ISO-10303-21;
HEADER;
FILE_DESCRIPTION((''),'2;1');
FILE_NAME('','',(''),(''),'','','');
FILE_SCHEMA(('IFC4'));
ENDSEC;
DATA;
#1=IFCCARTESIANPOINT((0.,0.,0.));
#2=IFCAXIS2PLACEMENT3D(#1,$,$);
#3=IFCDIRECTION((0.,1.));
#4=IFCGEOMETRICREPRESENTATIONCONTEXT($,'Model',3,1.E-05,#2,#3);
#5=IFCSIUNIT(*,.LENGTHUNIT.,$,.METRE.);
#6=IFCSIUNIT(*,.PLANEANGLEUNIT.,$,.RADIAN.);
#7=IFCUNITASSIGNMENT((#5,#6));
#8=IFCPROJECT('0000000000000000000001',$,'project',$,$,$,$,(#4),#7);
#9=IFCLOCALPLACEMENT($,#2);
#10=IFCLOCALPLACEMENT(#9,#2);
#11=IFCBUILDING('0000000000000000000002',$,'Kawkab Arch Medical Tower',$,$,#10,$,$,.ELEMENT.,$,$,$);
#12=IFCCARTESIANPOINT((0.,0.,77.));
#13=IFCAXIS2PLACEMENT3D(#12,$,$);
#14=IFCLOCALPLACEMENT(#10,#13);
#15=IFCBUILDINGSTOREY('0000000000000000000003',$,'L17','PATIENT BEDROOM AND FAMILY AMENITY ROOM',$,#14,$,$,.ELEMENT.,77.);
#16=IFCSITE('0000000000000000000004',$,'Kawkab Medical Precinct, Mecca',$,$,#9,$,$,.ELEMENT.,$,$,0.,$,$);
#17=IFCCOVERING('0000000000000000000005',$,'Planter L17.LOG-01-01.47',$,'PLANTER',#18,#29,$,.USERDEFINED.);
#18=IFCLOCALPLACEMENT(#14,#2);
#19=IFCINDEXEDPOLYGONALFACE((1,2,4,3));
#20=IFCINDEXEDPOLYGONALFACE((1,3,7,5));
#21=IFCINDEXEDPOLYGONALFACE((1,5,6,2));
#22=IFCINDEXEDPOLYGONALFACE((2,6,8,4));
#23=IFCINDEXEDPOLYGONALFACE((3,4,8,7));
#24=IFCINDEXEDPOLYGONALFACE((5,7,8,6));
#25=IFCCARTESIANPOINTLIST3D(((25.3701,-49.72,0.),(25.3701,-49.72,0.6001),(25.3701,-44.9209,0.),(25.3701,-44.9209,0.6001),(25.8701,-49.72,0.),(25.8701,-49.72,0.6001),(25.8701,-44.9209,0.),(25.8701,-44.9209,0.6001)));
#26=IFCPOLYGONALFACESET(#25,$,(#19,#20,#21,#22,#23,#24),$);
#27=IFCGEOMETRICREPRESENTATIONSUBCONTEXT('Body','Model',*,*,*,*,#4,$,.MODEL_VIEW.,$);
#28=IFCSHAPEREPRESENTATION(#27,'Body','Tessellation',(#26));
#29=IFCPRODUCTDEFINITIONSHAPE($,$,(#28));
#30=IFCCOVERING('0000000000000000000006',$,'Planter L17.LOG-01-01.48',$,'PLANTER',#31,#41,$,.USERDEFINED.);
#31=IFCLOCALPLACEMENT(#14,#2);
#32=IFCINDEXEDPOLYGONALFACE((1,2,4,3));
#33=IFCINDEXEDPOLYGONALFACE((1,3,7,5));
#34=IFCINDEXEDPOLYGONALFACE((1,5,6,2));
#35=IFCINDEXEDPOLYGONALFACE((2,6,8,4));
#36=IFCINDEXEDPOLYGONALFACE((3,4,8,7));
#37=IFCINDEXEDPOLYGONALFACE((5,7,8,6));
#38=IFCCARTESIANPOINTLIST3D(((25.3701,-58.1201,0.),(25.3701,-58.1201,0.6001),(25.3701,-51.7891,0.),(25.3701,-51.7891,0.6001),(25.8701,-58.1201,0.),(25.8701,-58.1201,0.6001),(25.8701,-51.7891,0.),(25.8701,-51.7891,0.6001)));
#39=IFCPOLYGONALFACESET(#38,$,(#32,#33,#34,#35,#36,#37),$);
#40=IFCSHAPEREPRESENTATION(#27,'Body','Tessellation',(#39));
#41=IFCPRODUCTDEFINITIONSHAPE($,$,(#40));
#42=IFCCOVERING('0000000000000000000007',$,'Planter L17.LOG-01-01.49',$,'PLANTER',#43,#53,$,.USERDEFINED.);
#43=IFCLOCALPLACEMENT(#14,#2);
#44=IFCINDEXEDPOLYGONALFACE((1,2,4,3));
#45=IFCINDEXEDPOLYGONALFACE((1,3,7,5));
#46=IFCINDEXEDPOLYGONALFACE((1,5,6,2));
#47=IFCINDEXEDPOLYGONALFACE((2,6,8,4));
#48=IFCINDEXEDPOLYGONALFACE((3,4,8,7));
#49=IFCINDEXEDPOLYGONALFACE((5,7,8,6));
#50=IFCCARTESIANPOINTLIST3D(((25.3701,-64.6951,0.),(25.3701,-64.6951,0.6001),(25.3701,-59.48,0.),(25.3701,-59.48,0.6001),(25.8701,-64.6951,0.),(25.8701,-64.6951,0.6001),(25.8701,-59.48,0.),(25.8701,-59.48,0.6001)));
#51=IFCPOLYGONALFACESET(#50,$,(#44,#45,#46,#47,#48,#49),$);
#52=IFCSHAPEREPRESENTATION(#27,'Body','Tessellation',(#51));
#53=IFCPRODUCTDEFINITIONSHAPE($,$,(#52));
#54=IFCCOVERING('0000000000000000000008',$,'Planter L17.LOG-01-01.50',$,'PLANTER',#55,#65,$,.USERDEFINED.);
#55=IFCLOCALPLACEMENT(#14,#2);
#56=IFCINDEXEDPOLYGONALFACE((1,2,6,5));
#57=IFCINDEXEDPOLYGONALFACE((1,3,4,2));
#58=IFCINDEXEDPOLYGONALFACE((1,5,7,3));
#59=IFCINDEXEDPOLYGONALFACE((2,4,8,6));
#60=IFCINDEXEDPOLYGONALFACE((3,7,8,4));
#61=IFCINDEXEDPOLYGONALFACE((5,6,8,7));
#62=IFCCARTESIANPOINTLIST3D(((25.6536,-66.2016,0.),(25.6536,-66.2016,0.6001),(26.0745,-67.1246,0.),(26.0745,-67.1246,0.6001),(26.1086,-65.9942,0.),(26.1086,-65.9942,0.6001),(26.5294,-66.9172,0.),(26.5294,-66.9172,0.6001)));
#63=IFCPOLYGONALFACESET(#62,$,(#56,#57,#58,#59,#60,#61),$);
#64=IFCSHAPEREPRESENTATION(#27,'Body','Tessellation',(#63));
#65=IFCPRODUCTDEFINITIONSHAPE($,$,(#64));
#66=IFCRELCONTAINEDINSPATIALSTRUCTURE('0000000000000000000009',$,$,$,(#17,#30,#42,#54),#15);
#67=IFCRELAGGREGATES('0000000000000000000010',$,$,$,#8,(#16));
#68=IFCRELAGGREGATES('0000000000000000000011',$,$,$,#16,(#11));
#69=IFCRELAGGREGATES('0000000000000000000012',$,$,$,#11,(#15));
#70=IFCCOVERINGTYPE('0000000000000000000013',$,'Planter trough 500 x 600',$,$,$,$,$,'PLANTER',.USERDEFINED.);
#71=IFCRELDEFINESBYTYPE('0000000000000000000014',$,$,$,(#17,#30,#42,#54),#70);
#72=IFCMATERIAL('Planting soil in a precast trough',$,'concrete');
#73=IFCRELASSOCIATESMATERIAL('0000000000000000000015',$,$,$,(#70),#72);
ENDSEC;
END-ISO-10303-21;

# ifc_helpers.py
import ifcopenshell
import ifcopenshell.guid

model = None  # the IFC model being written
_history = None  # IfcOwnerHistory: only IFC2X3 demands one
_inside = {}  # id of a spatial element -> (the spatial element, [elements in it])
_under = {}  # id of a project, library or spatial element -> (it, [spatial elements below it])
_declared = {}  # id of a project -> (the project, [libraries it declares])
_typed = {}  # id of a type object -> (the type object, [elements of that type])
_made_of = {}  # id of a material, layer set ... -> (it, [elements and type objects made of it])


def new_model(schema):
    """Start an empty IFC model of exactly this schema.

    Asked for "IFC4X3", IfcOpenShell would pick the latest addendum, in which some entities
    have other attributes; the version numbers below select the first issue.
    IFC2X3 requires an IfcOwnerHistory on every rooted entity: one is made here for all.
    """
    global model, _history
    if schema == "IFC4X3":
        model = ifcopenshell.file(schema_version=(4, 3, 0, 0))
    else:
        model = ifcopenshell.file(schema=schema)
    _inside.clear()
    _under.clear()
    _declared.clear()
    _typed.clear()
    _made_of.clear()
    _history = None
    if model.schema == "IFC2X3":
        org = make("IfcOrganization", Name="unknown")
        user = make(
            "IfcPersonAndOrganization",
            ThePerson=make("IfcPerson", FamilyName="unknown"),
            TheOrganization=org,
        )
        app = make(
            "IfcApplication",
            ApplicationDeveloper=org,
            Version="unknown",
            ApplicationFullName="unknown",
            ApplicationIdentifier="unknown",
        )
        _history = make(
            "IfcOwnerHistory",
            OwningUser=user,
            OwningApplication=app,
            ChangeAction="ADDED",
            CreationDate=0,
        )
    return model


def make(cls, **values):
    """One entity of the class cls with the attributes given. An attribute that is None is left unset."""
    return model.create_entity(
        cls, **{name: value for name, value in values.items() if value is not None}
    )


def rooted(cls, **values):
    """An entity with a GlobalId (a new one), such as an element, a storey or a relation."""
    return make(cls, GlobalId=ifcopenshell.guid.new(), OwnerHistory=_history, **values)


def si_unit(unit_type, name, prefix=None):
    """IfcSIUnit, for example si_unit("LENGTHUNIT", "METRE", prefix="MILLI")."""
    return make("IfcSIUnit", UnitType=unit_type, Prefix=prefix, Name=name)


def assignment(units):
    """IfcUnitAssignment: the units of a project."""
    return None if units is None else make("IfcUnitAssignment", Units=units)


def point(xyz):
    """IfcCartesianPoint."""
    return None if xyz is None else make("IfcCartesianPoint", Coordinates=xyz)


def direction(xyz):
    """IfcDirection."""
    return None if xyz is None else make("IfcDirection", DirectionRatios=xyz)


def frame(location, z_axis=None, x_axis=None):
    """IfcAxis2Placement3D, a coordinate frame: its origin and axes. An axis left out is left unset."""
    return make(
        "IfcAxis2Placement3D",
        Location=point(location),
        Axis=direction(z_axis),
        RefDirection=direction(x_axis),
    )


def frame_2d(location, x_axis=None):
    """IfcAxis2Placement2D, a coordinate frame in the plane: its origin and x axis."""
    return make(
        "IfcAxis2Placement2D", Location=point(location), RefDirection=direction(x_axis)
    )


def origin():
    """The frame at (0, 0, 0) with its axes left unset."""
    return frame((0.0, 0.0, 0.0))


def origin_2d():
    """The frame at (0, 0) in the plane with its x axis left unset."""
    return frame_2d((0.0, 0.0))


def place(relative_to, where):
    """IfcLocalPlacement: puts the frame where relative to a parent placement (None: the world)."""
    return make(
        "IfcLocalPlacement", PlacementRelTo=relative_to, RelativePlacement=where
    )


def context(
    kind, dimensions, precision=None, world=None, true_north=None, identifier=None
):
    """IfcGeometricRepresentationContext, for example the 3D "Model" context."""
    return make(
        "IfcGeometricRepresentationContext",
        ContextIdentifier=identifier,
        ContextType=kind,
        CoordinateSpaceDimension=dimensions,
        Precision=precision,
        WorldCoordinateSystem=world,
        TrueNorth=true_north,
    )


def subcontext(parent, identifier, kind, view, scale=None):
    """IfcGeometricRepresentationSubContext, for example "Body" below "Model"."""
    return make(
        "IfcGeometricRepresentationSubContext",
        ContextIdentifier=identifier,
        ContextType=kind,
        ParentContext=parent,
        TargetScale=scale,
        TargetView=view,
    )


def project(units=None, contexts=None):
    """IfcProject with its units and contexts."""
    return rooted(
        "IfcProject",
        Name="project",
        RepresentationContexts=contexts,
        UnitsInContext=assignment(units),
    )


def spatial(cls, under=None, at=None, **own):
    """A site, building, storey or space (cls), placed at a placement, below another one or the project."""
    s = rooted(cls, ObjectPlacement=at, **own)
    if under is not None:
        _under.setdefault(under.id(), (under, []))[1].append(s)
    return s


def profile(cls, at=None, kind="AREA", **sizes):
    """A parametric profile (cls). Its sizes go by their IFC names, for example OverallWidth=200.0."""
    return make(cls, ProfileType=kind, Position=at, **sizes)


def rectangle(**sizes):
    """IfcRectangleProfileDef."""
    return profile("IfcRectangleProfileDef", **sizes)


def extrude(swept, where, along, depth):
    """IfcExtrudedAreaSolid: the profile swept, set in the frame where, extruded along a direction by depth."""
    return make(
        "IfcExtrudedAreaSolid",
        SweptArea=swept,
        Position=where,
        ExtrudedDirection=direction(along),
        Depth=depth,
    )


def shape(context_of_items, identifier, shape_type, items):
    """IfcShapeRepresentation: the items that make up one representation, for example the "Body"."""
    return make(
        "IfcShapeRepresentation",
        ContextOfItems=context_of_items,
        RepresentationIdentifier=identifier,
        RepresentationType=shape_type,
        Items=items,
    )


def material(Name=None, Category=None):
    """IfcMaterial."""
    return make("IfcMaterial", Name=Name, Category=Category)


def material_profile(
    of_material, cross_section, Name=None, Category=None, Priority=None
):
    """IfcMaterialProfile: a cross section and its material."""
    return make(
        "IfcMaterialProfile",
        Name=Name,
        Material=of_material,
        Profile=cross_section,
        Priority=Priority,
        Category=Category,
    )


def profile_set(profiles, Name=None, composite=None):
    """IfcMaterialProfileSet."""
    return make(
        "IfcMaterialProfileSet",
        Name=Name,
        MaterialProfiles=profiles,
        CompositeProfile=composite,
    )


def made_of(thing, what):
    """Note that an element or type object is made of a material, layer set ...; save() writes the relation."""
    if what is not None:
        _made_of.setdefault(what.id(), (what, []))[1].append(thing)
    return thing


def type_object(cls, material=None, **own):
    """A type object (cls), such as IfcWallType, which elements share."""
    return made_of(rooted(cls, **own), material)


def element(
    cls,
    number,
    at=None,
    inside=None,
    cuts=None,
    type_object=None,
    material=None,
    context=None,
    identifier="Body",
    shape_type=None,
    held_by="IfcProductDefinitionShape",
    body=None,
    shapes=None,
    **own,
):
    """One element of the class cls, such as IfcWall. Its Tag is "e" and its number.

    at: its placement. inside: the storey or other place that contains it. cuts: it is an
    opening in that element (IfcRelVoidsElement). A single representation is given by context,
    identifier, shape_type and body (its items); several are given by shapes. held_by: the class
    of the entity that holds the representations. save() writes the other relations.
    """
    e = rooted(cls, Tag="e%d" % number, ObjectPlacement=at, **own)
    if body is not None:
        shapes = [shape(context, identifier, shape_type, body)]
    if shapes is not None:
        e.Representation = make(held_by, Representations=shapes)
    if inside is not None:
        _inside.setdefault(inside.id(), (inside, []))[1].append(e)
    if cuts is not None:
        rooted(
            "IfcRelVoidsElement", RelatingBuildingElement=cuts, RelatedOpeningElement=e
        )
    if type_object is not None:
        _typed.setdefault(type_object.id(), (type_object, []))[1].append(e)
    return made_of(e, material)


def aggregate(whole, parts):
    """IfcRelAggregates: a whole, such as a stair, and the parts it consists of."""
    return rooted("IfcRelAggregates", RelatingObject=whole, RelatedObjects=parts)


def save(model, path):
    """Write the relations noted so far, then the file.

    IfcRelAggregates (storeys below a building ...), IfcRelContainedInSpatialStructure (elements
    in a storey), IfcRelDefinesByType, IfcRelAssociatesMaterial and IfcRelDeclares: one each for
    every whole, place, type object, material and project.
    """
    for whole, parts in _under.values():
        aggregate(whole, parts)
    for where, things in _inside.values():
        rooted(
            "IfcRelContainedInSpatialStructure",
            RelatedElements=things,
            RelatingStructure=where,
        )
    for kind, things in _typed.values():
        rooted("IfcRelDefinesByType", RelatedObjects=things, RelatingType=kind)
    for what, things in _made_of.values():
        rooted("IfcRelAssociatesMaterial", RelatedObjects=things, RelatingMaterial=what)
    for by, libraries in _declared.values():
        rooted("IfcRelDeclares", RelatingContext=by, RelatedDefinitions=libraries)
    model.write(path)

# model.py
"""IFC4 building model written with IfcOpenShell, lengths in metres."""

from ifc_helpers import new_model, si_unit, direction, frame, origin, origin_2d, place, context, subcontext, project, spatial, rectangle, extrude, material, material_profile, profile_set, type_object, element, save


model = new_model("IFC4")

# Units and contexts
model_context = context("Model", 3, precision=1e-05, world=origin(), true_north=direction((0.0, 1.0)))
body_context = subcontext(model_context, "Body", "Model", "MODEL_VIEW")
ifc_project = project(units=[si_unit("LENGTHUNIT", "METRE"), si_unit("PLANEANGLEUNIT", "RADIAN")], contexts=[model_context])

# Site, building, storey
site_placement = place(None, origin())
site = spatial("IfcSite", under=ifc_project, at=site_placement, Name="Kawkab Medical Precinct, Mecca", CompositionType="ELEMENT", RefElevation=0.0)
building_placement = place(site_placement, origin())
building = spatial("IfcBuilding", under=site, at=building_placement, Name="Kawkab Arch Medical Tower", CompositionType="ELEMENT")
storey_placement = place(building_placement, frame((0.0, 0.0, 77.0)))
storey = spatial("IfcBuildingStorey", under=building, at=storey_placement, Name="L17", Description="PATIENT BEDROOM AND FAMILY AMENITY ROOM", CompositionType="ELEMENT", Elevation=77.0)

# Coverings
ifc_material_1 = material(Name="Planting soil in a precast trough", Category="concrete")
ifc_material_profile_1 = material_profile(ifc_material_1, rectangle(XDim=0.5, YDim=0.6001, at=origin_2d()), Name="Trough 500x600")
ifc_profile_set_1 = profile_set([ifc_material_profile_1], Name="Planting soil in a precast trough")
covering_type_1 = type_object("IfcCoveringType", Name="Planter trough 500 x 600", ElementType="PLANTER", PredefinedType="USERDEFINED", material=ifc_profile_set_1)
covering_1_placement = place(storey_placement, frame((25.6201, -44.9209, 0.3), z_axis=(0.0, -1.0, 0.0), x_axis=(1.0, 0.0, 0.0)))
element("IfcCovering", 1, at=covering_1_placement, inside=storey, type_object=covering_type_1, Name="Planter L17.LOG-01-01.47", ObjectType="PLANTER", PredefinedType="USERDEFINED", context=body_context, shape_type="SweptSolid", body=[
    extrude(rectangle(XDim=0.5, YDim=0.6001, at=origin_2d()), origin(), (0.0, 0.0, 1.0), 4.7991),
])
covering_2_placement = place(storey_placement, frame((25.6201, -51.7891, 0.3), z_axis=(0.0, -1.0, 0.0), x_axis=(1.0, 0.0, 0.0)))
element("IfcCovering", 2, at=covering_2_placement, inside=storey, type_object=covering_type_1, Name="Planter L17.LOG-01-01.48", ObjectType="PLANTER", PredefinedType="USERDEFINED", context=body_context, shape_type="SweptSolid", body=[
    extrude(rectangle(XDim=0.5, YDim=0.6001, at=origin_2d()), origin(), (0.0, 0.0, 1.0), 6.3311),
])
covering_3_placement = place(storey_placement, frame((25.6201, -59.48, 0.3), z_axis=(0.0, -1.0, 0.0), x_axis=(1.0, 0.0, 0.0)))
element("IfcCovering", 3, at=covering_3_placement, inside=storey, type_object=covering_type_1, Name="Planter L17.LOG-01-01.49", ObjectType="PLANTER", PredefinedType="USERDEFINED", context=body_context, shape_type="SweptSolid", body=[
    extrude(rectangle(XDim=0.5, YDim=0.6001, at=origin_2d()), origin(), (0.0, 0.0, 1.0), 5.2151),
])
covering_4_placement = place(storey_placement, frame((25.8811, -66.0979, 0.3), z_axis=(0.414872, -0.90988, 0.0), x_axis=(0.90988, 0.414872, 0.0)))
element("IfcCovering", 4, at=covering_4_placement, inside=storey, type_object=covering_type_1, Name="Planter L17.LOG-01-01.50", ObjectType="PLANTER", PredefinedType="USERDEFINED", context=body_context, shape_type="SweptSolid", body=[
    extrude(rectangle(XDim=0.5, YDim=0.6001, at=origin_2d()), origin(), (0.0, 0.0, 1.0), 1.0144),
])

save(model, "model.ifc")
